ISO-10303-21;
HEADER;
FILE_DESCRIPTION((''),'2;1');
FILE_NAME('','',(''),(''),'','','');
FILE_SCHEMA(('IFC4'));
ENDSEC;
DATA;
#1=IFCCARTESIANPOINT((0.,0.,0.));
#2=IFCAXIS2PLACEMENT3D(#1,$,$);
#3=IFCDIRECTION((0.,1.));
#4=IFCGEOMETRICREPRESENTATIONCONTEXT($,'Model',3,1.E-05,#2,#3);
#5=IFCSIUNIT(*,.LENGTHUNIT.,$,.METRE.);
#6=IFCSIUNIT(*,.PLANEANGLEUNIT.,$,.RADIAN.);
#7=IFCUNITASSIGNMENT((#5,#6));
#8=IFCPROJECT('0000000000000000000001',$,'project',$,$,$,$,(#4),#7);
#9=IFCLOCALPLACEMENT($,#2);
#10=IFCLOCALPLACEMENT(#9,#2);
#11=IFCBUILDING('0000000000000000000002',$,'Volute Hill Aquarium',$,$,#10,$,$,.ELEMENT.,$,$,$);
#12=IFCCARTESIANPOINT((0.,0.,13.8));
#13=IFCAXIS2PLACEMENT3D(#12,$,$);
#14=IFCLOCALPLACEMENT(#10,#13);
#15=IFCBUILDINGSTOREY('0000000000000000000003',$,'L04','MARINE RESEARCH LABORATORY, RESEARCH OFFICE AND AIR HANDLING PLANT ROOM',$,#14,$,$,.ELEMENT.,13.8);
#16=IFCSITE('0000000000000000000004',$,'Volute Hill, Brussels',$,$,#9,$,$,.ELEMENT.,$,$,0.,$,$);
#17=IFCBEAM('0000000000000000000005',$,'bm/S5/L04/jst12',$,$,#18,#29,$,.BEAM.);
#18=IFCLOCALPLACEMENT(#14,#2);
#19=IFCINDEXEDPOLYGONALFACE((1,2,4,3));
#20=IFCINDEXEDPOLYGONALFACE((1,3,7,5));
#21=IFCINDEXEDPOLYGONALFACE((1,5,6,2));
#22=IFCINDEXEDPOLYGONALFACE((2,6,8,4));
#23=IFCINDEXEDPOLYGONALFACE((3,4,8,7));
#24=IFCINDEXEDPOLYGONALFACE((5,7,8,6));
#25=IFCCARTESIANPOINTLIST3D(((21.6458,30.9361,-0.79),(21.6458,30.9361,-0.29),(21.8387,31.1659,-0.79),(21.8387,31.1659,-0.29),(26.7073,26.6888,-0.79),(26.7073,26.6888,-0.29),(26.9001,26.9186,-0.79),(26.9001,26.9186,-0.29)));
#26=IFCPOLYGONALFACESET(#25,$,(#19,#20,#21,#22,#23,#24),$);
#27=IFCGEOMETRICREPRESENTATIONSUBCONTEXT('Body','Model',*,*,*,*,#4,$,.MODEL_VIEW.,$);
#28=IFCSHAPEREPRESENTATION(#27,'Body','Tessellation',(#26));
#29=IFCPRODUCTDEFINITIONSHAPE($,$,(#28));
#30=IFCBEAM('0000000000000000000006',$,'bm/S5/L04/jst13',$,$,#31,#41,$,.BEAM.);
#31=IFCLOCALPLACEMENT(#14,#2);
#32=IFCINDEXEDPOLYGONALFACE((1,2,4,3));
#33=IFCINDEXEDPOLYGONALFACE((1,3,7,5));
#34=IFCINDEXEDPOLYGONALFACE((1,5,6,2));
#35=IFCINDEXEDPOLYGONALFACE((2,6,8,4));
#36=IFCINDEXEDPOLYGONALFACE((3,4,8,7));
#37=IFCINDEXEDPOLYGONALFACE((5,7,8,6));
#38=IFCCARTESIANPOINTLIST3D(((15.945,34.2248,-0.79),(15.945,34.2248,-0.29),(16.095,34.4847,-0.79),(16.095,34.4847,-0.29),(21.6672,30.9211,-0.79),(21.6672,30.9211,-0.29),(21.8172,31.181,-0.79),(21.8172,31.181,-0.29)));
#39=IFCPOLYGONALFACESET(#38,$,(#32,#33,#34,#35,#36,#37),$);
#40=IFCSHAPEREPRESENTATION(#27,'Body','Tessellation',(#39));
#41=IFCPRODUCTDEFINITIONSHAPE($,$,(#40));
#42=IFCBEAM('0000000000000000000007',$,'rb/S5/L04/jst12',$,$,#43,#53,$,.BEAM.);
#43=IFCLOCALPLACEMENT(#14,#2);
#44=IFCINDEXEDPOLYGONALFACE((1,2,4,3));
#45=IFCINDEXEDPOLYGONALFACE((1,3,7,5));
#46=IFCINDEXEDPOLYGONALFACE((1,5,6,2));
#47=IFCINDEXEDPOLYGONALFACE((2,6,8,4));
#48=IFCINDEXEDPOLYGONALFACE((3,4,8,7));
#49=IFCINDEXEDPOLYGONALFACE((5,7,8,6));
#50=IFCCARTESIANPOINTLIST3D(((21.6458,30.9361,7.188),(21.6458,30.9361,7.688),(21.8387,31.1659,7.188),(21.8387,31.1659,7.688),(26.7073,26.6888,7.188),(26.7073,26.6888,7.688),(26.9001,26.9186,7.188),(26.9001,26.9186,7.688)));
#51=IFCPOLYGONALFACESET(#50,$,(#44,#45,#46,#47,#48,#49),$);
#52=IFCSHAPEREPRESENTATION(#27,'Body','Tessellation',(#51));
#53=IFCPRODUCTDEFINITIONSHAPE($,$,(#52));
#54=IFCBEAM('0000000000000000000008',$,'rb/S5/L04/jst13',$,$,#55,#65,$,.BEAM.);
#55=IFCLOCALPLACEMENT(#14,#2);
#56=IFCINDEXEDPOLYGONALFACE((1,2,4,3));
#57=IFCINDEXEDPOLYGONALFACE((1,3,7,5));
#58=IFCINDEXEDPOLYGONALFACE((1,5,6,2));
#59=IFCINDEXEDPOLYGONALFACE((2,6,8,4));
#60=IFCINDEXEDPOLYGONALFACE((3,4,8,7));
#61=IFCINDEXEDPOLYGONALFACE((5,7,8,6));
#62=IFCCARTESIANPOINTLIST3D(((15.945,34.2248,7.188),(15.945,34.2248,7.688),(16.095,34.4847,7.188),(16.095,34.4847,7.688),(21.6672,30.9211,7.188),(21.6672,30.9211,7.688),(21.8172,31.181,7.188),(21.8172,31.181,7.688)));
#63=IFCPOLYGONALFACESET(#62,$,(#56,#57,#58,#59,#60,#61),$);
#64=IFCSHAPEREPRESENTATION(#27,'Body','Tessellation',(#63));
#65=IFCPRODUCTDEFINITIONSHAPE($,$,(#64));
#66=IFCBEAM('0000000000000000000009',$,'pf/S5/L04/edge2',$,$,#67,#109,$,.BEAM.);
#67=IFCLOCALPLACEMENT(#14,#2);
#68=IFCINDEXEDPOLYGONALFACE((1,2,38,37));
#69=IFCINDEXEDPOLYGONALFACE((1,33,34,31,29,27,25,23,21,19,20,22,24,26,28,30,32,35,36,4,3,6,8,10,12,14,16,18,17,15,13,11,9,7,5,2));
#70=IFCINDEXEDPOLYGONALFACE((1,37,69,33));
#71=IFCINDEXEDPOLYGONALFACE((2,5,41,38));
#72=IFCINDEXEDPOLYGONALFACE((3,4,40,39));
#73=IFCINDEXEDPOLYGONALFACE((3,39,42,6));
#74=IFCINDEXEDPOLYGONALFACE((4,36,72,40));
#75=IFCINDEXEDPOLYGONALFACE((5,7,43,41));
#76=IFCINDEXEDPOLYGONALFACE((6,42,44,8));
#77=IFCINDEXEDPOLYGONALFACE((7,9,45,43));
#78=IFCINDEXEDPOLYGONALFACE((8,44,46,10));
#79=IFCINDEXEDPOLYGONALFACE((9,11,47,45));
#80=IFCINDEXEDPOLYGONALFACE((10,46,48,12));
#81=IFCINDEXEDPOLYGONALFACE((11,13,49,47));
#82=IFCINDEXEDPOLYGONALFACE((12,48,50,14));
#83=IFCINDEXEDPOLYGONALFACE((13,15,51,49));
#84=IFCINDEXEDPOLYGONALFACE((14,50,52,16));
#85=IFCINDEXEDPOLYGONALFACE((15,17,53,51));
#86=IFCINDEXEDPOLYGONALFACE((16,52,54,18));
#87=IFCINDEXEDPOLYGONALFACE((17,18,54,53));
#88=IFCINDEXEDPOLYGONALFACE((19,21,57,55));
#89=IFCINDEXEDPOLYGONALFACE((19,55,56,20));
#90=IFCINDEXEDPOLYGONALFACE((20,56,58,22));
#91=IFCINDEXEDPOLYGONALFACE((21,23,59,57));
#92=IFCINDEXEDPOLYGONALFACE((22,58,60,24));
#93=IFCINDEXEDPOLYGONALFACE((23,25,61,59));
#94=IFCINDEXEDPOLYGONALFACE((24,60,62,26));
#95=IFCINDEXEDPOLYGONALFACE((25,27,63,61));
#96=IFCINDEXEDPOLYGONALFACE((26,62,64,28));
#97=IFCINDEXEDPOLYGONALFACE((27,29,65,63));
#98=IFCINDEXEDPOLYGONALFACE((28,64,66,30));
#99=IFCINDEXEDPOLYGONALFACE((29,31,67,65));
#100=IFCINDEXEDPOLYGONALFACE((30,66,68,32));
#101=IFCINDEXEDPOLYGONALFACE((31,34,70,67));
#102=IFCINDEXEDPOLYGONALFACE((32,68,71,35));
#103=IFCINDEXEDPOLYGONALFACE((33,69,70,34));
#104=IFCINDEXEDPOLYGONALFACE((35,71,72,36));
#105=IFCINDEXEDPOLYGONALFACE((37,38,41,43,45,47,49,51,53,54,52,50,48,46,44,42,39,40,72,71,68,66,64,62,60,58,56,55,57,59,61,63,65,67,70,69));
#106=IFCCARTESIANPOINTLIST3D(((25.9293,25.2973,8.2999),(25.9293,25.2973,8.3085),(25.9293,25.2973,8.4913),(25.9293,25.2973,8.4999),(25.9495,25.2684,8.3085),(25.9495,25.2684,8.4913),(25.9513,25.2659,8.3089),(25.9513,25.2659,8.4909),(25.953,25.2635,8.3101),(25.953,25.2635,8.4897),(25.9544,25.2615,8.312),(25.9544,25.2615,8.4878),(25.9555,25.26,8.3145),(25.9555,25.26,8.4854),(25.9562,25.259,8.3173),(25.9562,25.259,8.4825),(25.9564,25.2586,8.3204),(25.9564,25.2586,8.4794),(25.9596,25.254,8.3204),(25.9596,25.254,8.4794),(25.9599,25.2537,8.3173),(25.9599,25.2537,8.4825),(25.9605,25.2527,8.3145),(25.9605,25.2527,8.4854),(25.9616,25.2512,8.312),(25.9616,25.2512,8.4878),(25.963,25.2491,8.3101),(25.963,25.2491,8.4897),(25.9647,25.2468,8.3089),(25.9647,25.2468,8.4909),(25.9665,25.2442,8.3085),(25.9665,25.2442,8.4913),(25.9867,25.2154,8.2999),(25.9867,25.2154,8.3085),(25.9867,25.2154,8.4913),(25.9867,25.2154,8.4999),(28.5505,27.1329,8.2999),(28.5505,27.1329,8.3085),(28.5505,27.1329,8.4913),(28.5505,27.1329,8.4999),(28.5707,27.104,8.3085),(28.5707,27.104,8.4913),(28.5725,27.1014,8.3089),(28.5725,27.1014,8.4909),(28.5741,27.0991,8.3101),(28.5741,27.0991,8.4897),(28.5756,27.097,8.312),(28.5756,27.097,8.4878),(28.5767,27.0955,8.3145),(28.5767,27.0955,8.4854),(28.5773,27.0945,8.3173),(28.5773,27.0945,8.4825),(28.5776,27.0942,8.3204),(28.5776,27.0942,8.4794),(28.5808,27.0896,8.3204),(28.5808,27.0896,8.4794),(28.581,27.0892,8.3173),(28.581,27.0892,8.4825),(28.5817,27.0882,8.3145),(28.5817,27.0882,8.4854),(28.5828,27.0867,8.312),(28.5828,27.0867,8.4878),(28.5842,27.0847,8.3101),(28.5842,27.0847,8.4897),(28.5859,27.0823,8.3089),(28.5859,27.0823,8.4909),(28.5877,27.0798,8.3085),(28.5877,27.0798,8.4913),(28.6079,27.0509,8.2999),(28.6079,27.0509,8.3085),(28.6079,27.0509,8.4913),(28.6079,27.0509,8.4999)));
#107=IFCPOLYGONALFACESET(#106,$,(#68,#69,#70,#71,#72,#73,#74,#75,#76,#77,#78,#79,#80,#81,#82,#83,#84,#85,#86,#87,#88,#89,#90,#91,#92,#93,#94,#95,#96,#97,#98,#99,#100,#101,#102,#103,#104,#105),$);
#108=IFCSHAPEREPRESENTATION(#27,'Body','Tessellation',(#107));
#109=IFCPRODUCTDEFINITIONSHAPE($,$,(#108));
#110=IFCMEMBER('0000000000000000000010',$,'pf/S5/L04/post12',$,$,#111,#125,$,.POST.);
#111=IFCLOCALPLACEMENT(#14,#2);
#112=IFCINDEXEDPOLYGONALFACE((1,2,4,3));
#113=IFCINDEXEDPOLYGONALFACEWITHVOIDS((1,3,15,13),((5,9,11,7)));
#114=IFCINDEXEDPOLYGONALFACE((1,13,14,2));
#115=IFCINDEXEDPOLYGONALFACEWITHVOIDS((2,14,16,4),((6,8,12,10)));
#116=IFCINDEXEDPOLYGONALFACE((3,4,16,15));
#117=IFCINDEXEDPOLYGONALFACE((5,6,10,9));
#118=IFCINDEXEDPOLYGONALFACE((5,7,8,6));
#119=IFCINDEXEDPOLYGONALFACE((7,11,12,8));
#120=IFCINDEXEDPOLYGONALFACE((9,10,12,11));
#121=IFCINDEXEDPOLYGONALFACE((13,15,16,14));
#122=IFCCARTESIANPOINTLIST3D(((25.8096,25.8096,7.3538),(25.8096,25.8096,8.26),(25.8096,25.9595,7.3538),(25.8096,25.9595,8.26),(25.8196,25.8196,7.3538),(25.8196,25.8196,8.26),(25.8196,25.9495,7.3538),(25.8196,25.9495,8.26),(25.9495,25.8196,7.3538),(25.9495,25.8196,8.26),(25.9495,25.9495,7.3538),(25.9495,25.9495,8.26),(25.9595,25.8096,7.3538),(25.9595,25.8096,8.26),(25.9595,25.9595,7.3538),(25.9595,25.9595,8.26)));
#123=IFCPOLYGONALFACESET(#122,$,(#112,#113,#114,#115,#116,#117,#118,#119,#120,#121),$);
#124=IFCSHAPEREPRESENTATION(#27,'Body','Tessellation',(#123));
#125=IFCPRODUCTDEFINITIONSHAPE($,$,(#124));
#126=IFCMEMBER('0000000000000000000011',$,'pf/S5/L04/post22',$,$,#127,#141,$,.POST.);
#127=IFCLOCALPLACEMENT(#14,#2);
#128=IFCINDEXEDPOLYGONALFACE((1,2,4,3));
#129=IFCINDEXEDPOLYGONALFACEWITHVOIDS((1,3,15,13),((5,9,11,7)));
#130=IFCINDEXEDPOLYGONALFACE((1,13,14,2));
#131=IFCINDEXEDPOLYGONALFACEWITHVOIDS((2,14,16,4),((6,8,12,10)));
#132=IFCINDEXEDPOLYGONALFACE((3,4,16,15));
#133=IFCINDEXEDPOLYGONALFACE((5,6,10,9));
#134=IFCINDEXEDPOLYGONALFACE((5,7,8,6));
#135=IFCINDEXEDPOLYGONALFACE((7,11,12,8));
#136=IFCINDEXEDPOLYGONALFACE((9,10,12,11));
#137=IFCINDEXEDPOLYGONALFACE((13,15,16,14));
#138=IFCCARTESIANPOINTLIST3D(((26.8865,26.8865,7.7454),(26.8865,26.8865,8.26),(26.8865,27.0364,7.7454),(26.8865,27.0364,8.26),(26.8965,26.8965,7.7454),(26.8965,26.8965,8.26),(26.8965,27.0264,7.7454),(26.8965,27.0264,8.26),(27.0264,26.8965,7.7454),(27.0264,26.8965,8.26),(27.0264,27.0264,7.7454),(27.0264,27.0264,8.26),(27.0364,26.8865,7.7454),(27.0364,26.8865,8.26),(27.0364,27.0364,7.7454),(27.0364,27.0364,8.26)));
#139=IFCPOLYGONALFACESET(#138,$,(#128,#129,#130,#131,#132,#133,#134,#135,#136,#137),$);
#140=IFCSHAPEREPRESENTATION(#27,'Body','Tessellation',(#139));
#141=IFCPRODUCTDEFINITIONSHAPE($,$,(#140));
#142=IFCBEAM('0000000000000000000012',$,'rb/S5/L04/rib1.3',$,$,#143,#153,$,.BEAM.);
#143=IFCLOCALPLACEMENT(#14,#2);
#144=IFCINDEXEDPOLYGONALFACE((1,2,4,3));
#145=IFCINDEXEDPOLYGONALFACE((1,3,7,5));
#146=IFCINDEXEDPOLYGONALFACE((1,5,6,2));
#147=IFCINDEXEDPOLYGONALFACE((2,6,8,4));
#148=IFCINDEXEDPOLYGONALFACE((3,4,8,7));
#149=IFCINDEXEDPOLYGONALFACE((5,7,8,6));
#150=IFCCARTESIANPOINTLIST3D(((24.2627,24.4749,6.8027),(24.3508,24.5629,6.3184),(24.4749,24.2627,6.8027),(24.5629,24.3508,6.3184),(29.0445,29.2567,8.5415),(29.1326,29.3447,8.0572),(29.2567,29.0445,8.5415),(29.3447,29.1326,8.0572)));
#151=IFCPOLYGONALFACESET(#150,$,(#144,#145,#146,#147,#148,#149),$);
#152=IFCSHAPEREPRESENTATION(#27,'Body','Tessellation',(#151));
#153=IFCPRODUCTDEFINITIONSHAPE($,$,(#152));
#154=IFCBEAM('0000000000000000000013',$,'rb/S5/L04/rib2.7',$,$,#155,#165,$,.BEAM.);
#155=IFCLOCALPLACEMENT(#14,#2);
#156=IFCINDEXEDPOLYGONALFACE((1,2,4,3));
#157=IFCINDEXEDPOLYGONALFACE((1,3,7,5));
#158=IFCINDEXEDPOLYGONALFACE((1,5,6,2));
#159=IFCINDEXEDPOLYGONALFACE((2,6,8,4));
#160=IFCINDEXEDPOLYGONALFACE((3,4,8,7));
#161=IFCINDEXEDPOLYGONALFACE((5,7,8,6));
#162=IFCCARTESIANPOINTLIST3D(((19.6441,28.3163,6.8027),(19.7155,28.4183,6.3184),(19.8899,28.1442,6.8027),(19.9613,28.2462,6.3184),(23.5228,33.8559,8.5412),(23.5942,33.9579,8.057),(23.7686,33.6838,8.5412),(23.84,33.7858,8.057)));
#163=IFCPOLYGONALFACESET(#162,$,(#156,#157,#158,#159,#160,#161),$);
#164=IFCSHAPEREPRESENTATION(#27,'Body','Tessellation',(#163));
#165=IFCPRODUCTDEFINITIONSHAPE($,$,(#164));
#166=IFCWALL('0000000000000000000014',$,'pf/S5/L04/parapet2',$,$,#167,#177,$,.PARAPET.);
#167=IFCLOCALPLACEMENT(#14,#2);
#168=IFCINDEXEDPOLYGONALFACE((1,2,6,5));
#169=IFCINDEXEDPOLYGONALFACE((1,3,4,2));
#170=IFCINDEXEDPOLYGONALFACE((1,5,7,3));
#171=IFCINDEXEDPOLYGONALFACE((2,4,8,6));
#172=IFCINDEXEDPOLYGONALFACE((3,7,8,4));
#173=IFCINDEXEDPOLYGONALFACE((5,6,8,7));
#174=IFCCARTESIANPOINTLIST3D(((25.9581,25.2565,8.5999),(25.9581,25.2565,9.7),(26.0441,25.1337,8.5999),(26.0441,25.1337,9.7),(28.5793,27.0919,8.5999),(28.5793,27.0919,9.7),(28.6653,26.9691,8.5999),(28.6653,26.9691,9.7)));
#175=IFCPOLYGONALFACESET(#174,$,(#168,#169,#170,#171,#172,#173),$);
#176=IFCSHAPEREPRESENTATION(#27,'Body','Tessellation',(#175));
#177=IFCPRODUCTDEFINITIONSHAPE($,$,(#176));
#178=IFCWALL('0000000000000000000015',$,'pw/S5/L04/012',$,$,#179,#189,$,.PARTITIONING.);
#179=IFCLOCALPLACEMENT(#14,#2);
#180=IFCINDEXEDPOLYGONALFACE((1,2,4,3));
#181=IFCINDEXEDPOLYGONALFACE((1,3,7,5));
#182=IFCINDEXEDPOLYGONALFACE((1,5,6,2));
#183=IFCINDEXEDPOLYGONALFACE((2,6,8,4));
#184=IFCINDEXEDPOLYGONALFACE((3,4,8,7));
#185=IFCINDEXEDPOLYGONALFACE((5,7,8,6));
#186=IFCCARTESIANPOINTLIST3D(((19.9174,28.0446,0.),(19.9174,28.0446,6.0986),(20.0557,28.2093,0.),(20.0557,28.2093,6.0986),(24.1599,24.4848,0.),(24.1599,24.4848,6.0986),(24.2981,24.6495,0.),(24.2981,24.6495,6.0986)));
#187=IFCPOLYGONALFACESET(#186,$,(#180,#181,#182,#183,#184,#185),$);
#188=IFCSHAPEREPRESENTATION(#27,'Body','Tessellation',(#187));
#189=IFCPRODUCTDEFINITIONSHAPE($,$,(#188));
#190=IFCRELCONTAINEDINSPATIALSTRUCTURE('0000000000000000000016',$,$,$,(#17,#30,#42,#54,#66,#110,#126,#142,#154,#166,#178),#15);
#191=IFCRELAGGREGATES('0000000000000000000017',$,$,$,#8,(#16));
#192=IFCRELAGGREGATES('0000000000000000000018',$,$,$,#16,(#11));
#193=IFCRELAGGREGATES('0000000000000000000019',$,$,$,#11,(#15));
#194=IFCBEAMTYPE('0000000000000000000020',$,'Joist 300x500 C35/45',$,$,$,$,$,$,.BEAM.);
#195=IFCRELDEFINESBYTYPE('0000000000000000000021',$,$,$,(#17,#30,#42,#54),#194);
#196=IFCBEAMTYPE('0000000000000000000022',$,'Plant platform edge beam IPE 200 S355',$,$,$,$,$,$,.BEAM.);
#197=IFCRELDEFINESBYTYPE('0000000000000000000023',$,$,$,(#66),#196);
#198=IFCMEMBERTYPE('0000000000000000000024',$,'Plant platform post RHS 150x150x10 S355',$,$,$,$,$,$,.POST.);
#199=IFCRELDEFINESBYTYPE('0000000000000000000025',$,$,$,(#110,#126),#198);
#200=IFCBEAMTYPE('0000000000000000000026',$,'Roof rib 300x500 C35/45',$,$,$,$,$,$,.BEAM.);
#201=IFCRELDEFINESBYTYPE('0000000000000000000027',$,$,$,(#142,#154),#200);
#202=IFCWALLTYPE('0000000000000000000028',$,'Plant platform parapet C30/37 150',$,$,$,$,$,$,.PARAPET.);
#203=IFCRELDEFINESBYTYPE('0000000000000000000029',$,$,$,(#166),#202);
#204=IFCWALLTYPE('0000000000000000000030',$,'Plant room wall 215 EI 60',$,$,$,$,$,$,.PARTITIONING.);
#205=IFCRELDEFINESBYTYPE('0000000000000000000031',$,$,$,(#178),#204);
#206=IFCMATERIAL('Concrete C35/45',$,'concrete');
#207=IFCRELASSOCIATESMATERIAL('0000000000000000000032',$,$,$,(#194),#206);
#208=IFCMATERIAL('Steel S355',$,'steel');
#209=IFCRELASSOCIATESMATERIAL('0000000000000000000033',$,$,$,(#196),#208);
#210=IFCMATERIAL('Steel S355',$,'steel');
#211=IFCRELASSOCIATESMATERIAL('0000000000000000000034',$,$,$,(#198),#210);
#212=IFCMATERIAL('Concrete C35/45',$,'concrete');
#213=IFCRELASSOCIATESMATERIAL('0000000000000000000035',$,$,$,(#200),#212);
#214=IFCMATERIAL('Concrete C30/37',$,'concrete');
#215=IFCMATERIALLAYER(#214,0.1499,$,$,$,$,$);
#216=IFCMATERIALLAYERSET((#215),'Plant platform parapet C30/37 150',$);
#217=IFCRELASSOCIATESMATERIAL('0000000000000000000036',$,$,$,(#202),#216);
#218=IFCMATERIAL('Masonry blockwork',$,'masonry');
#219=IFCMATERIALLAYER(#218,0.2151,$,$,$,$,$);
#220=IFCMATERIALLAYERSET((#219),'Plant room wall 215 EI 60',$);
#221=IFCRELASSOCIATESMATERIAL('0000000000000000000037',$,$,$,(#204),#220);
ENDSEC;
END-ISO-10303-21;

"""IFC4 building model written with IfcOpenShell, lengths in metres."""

from ifc_helpers import new_model, si_unit, direction, frame, frame_2d, origin, origin_2d, place, context, subcontext, project, spatial, rectangle, hollow_rectangle, i_section, extrude, material, layer, layer_set, material_profile, profile_set, type_object, element, save


model = new_model("IFC4")

# Units and contexts
model_context = context("Model", 3, precision=1e-05, world=origin(), true_north=direction((0.0, 1.0)))
body_context = subcontext(model_context, "Body", "Model", "MODEL_VIEW")
ifc_project = project(units=[si_unit("LENGTHUNIT", "METRE"), si_unit("PLANEANGLEUNIT", "RADIAN")], contexts=[model_context])

# Site, building, storey
site_placement = place(None, origin())
site = spatial("IfcSite", under=ifc_project, at=site_placement, Name="Volute Hill, Brussels", CompositionType="ELEMENT", RefElevation=0.0)
building_placement = place(site_placement, origin())
building = spatial("IfcBuilding", under=site, at=building_placement, Name="Volute Hill Aquarium", CompositionType="ELEMENT")
storey_placement = place(building_placement, frame((0.0, 0.0, 13.8)))
storey = spatial("IfcBuildingStorey", under=building, at=storey_placement, Name="L04", Description="MARINE RESEARCH LABORATORY, RESEARCH OFFICE AND AIR HANDLING PLANT ROOM", CompositionType="ELEMENT", Elevation=13.8)

# Beams
ifc_material_1 = material(Name="Concrete C35/45", Category="concrete")
ifc_material_profile_1 = material_profile(ifc_material_1, rectangle(XDim=0.3, YDim=0.5, at=origin_2d()), Name="RC joist 300x500")
ifc_profile_set_1 = profile_set([ifc_material_profile_1], Name="Concrete C35/45")
beam_type_1 = type_object("IfcBeamType", Name="Joist 300x500 C35/45", PredefinedType="BEAM", material=ifc_profile_set_1)
for number, where, z_axis, x_axis, name in (
    (1, (26.8037, 26.8037, -0.54), (-0.76603, 0.642805, 0.0), (-0.642805, -0.76603, 0.0), "bm/S5/L04/jst12"),
    (2, (21.7422, 31.051, -0.54), (-0.866024, 0.500002, 0.0), (-0.500002, -0.866024, 0.0), "bm/S5/L04/jst13"),
    (3, (26.8037, 26.8037, 7.438), (-0.76603, 0.642805, 0.0), (-0.642805, -0.76603, 0.0), "rb/S5/L04/jst12"),
    (4, (21.7422, 31.051, 7.438), (-0.866024, 0.500002, 0.0), (-0.500002, -0.866024, 0.0), "rb/S5/L04/jst13"),
):
    element("IfcBeam", number, at=place(storey_placement, frame(where, z_axis=z_axis, x_axis=x_axis)), inside=storey, type_object=beam_type_1, Name=name, PredefinedType="BEAM", context=body_context, shape_type="SweptSolid", body=[
        extrude(rectangle(XDim=0.3, YDim=0.5, at=origin_2d()), origin(), (0.0, 0.0, 1.0), 6.6074),
    ])
ifc_material_2 = material(Name="Steel S355", Category="steel")
ifc_material_profile_2 = material_profile(ifc_material_2, i_section(OverallWidth=0.1001, OverallDepth=0.2, WebThickness=0.0056, FlangeThickness=0.0085, FilletRadius=0.012, at=origin_2d()), Name="IPE 200")
ifc_profile_set_2 = profile_set([ifc_material_profile_2], Name="Steel S355")
beam_type_2 = type_object("IfcBeamType", Name="Plant platform edge beam IPE 200 S355", PredefinedType="BEAM", material=ifc_profile_set_2)
beam_placement = place(storey_placement, frame((25.958, 25.2563, 8.3999), z_axis=(0.819132, 0.573606, 0.0), x_axis=(-0.573606, 0.819132, 0.0)))
element("IfcBeam", 5, at=beam_placement, inside=storey, type_object=beam_type_2, Name="pf/S5/L04/edge2", PredefinedType="BEAM", context=body_context, shape_type="SweptSolid", body=[
    extrude(i_section(OverallWidth=0.1001, OverallDepth=0.2, WebThickness=0.0056, FlangeThickness=0.0085, FilletRadius=0.012, at=origin_2d()), origin(), (0.0, 0.0, 1.0), 3.2),
])

# Members
ifc_material_3 = material(Name="Steel S355", Category="steel")
ifc_material_profile_3 = material_profile(ifc_material_3, hollow_rectangle(XDim=0.1499, YDim=0.1499, WallThickness=0.01, at=origin_2d()), Name="RHS 150x150x10")
ifc_profile_set_3 = profile_set([ifc_material_profile_3], Name="Steel S355")
member_type = type_object("IfcMemberType", Name="Plant platform post RHS 150x150x10 S355", PredefinedType="POST", material=ifc_profile_set_3)
member_1_placement = place(storey_placement, frame((25.8845, 25.8845, 7.3538), z_axis=(0.0, 0.0, 1.0), x_axis=(1.0, 0.0, 0.0)))
element("IfcMember", 6, at=member_1_placement, inside=storey, type_object=member_type, Name="pf/S5/L04/post12", PredefinedType="POST", context=body_context, shape_type="SweptSolid", body=[
    extrude(hollow_rectangle(XDim=0.1499, YDim=0.1499, WallThickness=0.01, at=origin_2d()), origin(), (0.0, 0.0, 1.0), 0.9062),
])
member_2_placement = place(storey_placement, frame((26.9614, 26.9614, 7.7454), z_axis=(0.0, 0.0, 1.0), x_axis=(1.0, 0.0, 0.0)))
element("IfcMember", 7, at=member_2_placement, inside=storey, type_object=member_type, Name="pf/S5/L04/post22", PredefinedType="POST", context=body_context, shape_type="SweptSolid", body=[
    extrude(hollow_rectangle(XDim=0.1499, YDim=0.1499, WallThickness=0.01, at=origin_2d()), origin(), (0.0, 0.0, 1.0), 0.5146),
])

# Beams
ifc_material_4 = material(Name="Concrete C35/45", Category="concrete")
ifc_material_profile_4 = material_profile(ifc_material_4, rectangle(XDim=0.3, YDim=0.5, at=origin_2d()), Name="RC rib 300x500")
ifc_profile_set_4 = profile_set([ifc_material_profile_4], Name="Concrete C35/45")
beam_type_3 = type_object("IfcBeamType", Name="Roof rib 300x500 C35/45", PredefinedType="BEAM", material=ifc_profile_set_4)
for number, where, z_axis, x_axis, name in (
    (8, (24.4128, 24.4128, 6.5605), (0.684831, 0.684831, 0.249023), (-0.707107, 0.707107, 0.0), "rb/S5/L04/rib1.3"),
    (9, (19.8027, 28.2812, 6.5605), (0.555496, 0.793366, 0.248989), (-0.819164, 0.573559, 0.0), "rb/S5/L04/rib2.7"),
):
    element("IfcBeam", number, at=place(storey_placement, frame(where, z_axis=z_axis, x_axis=x_axis)), inside=storey, type_object=beam_type_3, Name=name, PredefinedType="BEAM", context=body_context, shape_type="SweptSolid", body=[
        extrude(rectangle(XDim=0.3, YDim=0.5, at=origin_2d()), origin(), (0.0, 0.0, 1.0), 6.9824),
    ])

# Walls
ifc_material_5 = material(Name="Concrete C30/37", Category="concrete")
ifc_layer_1 = layer(ifc_material_5, 0.1499)
ifc_layer_set_1 = layer_set([ifc_layer_1], Name="Plant platform parapet C30/37 150")
wall_type_1 = type_object("IfcWallType", Name="Plant platform parapet C30/37 150", PredefinedType="PARAPET", material=ifc_layer_set_1)
wall_1_placement = place(storey_placement, frame((26.001, 25.1951, 8.5999), z_axis=(0.0, 0.0, 1.0), x_axis=(0.819157, 0.57357, 0.0)))
element("IfcWall", 10, at=wall_1_placement, inside=storey, type_object=wall_type_1, Name="pf/S5/L04/parapet2", PredefinedType="PARAPET", context=body_context, shape_type="SweptSolid", body=[
    extrude(rectangle(XDim=3.2, YDim=0.1499, at=frame_2d((1.6001, 0.0))), origin(), (0.0, 0.0, 1.0), 1.1001),
])
ifc_material_6 = material(Name="Masonry blockwork", Category="masonry")
ifc_layer_2 = layer(ifc_material_6, 0.2151)
ifc_layer_set_2 = layer_set([ifc_layer_2], Name="Plant room wall 215 EI 60")
wall_type_2 = type_object("IfcWallType", Name="Plant room wall 215 EI 60", PredefinedType="PARTITIONING", material=ifc_layer_set_2)
wall_2_placement = place(storey_placement, frame((19.9866, 28.127, 0.0), z_axis=(0.0, 0.0, 1.0), x_axis=(0.766045, -0.642787, 0.0)))
element("IfcWall", 11, at=wall_2_placement, inside=storey, type_object=wall_type_2, Name="pw/S5/L04/012", PredefinedType="PARTITIONING", context=body_context, shape_type="SweptSolid", body=[
    extrude(rectangle(XDim=5.5381, YDim=0.2151, at=frame_2d((2.769, 0.0))), origin(), (0.0, 0.0, 1.0), 6.0986),
])

save(model, "model.ifc")
